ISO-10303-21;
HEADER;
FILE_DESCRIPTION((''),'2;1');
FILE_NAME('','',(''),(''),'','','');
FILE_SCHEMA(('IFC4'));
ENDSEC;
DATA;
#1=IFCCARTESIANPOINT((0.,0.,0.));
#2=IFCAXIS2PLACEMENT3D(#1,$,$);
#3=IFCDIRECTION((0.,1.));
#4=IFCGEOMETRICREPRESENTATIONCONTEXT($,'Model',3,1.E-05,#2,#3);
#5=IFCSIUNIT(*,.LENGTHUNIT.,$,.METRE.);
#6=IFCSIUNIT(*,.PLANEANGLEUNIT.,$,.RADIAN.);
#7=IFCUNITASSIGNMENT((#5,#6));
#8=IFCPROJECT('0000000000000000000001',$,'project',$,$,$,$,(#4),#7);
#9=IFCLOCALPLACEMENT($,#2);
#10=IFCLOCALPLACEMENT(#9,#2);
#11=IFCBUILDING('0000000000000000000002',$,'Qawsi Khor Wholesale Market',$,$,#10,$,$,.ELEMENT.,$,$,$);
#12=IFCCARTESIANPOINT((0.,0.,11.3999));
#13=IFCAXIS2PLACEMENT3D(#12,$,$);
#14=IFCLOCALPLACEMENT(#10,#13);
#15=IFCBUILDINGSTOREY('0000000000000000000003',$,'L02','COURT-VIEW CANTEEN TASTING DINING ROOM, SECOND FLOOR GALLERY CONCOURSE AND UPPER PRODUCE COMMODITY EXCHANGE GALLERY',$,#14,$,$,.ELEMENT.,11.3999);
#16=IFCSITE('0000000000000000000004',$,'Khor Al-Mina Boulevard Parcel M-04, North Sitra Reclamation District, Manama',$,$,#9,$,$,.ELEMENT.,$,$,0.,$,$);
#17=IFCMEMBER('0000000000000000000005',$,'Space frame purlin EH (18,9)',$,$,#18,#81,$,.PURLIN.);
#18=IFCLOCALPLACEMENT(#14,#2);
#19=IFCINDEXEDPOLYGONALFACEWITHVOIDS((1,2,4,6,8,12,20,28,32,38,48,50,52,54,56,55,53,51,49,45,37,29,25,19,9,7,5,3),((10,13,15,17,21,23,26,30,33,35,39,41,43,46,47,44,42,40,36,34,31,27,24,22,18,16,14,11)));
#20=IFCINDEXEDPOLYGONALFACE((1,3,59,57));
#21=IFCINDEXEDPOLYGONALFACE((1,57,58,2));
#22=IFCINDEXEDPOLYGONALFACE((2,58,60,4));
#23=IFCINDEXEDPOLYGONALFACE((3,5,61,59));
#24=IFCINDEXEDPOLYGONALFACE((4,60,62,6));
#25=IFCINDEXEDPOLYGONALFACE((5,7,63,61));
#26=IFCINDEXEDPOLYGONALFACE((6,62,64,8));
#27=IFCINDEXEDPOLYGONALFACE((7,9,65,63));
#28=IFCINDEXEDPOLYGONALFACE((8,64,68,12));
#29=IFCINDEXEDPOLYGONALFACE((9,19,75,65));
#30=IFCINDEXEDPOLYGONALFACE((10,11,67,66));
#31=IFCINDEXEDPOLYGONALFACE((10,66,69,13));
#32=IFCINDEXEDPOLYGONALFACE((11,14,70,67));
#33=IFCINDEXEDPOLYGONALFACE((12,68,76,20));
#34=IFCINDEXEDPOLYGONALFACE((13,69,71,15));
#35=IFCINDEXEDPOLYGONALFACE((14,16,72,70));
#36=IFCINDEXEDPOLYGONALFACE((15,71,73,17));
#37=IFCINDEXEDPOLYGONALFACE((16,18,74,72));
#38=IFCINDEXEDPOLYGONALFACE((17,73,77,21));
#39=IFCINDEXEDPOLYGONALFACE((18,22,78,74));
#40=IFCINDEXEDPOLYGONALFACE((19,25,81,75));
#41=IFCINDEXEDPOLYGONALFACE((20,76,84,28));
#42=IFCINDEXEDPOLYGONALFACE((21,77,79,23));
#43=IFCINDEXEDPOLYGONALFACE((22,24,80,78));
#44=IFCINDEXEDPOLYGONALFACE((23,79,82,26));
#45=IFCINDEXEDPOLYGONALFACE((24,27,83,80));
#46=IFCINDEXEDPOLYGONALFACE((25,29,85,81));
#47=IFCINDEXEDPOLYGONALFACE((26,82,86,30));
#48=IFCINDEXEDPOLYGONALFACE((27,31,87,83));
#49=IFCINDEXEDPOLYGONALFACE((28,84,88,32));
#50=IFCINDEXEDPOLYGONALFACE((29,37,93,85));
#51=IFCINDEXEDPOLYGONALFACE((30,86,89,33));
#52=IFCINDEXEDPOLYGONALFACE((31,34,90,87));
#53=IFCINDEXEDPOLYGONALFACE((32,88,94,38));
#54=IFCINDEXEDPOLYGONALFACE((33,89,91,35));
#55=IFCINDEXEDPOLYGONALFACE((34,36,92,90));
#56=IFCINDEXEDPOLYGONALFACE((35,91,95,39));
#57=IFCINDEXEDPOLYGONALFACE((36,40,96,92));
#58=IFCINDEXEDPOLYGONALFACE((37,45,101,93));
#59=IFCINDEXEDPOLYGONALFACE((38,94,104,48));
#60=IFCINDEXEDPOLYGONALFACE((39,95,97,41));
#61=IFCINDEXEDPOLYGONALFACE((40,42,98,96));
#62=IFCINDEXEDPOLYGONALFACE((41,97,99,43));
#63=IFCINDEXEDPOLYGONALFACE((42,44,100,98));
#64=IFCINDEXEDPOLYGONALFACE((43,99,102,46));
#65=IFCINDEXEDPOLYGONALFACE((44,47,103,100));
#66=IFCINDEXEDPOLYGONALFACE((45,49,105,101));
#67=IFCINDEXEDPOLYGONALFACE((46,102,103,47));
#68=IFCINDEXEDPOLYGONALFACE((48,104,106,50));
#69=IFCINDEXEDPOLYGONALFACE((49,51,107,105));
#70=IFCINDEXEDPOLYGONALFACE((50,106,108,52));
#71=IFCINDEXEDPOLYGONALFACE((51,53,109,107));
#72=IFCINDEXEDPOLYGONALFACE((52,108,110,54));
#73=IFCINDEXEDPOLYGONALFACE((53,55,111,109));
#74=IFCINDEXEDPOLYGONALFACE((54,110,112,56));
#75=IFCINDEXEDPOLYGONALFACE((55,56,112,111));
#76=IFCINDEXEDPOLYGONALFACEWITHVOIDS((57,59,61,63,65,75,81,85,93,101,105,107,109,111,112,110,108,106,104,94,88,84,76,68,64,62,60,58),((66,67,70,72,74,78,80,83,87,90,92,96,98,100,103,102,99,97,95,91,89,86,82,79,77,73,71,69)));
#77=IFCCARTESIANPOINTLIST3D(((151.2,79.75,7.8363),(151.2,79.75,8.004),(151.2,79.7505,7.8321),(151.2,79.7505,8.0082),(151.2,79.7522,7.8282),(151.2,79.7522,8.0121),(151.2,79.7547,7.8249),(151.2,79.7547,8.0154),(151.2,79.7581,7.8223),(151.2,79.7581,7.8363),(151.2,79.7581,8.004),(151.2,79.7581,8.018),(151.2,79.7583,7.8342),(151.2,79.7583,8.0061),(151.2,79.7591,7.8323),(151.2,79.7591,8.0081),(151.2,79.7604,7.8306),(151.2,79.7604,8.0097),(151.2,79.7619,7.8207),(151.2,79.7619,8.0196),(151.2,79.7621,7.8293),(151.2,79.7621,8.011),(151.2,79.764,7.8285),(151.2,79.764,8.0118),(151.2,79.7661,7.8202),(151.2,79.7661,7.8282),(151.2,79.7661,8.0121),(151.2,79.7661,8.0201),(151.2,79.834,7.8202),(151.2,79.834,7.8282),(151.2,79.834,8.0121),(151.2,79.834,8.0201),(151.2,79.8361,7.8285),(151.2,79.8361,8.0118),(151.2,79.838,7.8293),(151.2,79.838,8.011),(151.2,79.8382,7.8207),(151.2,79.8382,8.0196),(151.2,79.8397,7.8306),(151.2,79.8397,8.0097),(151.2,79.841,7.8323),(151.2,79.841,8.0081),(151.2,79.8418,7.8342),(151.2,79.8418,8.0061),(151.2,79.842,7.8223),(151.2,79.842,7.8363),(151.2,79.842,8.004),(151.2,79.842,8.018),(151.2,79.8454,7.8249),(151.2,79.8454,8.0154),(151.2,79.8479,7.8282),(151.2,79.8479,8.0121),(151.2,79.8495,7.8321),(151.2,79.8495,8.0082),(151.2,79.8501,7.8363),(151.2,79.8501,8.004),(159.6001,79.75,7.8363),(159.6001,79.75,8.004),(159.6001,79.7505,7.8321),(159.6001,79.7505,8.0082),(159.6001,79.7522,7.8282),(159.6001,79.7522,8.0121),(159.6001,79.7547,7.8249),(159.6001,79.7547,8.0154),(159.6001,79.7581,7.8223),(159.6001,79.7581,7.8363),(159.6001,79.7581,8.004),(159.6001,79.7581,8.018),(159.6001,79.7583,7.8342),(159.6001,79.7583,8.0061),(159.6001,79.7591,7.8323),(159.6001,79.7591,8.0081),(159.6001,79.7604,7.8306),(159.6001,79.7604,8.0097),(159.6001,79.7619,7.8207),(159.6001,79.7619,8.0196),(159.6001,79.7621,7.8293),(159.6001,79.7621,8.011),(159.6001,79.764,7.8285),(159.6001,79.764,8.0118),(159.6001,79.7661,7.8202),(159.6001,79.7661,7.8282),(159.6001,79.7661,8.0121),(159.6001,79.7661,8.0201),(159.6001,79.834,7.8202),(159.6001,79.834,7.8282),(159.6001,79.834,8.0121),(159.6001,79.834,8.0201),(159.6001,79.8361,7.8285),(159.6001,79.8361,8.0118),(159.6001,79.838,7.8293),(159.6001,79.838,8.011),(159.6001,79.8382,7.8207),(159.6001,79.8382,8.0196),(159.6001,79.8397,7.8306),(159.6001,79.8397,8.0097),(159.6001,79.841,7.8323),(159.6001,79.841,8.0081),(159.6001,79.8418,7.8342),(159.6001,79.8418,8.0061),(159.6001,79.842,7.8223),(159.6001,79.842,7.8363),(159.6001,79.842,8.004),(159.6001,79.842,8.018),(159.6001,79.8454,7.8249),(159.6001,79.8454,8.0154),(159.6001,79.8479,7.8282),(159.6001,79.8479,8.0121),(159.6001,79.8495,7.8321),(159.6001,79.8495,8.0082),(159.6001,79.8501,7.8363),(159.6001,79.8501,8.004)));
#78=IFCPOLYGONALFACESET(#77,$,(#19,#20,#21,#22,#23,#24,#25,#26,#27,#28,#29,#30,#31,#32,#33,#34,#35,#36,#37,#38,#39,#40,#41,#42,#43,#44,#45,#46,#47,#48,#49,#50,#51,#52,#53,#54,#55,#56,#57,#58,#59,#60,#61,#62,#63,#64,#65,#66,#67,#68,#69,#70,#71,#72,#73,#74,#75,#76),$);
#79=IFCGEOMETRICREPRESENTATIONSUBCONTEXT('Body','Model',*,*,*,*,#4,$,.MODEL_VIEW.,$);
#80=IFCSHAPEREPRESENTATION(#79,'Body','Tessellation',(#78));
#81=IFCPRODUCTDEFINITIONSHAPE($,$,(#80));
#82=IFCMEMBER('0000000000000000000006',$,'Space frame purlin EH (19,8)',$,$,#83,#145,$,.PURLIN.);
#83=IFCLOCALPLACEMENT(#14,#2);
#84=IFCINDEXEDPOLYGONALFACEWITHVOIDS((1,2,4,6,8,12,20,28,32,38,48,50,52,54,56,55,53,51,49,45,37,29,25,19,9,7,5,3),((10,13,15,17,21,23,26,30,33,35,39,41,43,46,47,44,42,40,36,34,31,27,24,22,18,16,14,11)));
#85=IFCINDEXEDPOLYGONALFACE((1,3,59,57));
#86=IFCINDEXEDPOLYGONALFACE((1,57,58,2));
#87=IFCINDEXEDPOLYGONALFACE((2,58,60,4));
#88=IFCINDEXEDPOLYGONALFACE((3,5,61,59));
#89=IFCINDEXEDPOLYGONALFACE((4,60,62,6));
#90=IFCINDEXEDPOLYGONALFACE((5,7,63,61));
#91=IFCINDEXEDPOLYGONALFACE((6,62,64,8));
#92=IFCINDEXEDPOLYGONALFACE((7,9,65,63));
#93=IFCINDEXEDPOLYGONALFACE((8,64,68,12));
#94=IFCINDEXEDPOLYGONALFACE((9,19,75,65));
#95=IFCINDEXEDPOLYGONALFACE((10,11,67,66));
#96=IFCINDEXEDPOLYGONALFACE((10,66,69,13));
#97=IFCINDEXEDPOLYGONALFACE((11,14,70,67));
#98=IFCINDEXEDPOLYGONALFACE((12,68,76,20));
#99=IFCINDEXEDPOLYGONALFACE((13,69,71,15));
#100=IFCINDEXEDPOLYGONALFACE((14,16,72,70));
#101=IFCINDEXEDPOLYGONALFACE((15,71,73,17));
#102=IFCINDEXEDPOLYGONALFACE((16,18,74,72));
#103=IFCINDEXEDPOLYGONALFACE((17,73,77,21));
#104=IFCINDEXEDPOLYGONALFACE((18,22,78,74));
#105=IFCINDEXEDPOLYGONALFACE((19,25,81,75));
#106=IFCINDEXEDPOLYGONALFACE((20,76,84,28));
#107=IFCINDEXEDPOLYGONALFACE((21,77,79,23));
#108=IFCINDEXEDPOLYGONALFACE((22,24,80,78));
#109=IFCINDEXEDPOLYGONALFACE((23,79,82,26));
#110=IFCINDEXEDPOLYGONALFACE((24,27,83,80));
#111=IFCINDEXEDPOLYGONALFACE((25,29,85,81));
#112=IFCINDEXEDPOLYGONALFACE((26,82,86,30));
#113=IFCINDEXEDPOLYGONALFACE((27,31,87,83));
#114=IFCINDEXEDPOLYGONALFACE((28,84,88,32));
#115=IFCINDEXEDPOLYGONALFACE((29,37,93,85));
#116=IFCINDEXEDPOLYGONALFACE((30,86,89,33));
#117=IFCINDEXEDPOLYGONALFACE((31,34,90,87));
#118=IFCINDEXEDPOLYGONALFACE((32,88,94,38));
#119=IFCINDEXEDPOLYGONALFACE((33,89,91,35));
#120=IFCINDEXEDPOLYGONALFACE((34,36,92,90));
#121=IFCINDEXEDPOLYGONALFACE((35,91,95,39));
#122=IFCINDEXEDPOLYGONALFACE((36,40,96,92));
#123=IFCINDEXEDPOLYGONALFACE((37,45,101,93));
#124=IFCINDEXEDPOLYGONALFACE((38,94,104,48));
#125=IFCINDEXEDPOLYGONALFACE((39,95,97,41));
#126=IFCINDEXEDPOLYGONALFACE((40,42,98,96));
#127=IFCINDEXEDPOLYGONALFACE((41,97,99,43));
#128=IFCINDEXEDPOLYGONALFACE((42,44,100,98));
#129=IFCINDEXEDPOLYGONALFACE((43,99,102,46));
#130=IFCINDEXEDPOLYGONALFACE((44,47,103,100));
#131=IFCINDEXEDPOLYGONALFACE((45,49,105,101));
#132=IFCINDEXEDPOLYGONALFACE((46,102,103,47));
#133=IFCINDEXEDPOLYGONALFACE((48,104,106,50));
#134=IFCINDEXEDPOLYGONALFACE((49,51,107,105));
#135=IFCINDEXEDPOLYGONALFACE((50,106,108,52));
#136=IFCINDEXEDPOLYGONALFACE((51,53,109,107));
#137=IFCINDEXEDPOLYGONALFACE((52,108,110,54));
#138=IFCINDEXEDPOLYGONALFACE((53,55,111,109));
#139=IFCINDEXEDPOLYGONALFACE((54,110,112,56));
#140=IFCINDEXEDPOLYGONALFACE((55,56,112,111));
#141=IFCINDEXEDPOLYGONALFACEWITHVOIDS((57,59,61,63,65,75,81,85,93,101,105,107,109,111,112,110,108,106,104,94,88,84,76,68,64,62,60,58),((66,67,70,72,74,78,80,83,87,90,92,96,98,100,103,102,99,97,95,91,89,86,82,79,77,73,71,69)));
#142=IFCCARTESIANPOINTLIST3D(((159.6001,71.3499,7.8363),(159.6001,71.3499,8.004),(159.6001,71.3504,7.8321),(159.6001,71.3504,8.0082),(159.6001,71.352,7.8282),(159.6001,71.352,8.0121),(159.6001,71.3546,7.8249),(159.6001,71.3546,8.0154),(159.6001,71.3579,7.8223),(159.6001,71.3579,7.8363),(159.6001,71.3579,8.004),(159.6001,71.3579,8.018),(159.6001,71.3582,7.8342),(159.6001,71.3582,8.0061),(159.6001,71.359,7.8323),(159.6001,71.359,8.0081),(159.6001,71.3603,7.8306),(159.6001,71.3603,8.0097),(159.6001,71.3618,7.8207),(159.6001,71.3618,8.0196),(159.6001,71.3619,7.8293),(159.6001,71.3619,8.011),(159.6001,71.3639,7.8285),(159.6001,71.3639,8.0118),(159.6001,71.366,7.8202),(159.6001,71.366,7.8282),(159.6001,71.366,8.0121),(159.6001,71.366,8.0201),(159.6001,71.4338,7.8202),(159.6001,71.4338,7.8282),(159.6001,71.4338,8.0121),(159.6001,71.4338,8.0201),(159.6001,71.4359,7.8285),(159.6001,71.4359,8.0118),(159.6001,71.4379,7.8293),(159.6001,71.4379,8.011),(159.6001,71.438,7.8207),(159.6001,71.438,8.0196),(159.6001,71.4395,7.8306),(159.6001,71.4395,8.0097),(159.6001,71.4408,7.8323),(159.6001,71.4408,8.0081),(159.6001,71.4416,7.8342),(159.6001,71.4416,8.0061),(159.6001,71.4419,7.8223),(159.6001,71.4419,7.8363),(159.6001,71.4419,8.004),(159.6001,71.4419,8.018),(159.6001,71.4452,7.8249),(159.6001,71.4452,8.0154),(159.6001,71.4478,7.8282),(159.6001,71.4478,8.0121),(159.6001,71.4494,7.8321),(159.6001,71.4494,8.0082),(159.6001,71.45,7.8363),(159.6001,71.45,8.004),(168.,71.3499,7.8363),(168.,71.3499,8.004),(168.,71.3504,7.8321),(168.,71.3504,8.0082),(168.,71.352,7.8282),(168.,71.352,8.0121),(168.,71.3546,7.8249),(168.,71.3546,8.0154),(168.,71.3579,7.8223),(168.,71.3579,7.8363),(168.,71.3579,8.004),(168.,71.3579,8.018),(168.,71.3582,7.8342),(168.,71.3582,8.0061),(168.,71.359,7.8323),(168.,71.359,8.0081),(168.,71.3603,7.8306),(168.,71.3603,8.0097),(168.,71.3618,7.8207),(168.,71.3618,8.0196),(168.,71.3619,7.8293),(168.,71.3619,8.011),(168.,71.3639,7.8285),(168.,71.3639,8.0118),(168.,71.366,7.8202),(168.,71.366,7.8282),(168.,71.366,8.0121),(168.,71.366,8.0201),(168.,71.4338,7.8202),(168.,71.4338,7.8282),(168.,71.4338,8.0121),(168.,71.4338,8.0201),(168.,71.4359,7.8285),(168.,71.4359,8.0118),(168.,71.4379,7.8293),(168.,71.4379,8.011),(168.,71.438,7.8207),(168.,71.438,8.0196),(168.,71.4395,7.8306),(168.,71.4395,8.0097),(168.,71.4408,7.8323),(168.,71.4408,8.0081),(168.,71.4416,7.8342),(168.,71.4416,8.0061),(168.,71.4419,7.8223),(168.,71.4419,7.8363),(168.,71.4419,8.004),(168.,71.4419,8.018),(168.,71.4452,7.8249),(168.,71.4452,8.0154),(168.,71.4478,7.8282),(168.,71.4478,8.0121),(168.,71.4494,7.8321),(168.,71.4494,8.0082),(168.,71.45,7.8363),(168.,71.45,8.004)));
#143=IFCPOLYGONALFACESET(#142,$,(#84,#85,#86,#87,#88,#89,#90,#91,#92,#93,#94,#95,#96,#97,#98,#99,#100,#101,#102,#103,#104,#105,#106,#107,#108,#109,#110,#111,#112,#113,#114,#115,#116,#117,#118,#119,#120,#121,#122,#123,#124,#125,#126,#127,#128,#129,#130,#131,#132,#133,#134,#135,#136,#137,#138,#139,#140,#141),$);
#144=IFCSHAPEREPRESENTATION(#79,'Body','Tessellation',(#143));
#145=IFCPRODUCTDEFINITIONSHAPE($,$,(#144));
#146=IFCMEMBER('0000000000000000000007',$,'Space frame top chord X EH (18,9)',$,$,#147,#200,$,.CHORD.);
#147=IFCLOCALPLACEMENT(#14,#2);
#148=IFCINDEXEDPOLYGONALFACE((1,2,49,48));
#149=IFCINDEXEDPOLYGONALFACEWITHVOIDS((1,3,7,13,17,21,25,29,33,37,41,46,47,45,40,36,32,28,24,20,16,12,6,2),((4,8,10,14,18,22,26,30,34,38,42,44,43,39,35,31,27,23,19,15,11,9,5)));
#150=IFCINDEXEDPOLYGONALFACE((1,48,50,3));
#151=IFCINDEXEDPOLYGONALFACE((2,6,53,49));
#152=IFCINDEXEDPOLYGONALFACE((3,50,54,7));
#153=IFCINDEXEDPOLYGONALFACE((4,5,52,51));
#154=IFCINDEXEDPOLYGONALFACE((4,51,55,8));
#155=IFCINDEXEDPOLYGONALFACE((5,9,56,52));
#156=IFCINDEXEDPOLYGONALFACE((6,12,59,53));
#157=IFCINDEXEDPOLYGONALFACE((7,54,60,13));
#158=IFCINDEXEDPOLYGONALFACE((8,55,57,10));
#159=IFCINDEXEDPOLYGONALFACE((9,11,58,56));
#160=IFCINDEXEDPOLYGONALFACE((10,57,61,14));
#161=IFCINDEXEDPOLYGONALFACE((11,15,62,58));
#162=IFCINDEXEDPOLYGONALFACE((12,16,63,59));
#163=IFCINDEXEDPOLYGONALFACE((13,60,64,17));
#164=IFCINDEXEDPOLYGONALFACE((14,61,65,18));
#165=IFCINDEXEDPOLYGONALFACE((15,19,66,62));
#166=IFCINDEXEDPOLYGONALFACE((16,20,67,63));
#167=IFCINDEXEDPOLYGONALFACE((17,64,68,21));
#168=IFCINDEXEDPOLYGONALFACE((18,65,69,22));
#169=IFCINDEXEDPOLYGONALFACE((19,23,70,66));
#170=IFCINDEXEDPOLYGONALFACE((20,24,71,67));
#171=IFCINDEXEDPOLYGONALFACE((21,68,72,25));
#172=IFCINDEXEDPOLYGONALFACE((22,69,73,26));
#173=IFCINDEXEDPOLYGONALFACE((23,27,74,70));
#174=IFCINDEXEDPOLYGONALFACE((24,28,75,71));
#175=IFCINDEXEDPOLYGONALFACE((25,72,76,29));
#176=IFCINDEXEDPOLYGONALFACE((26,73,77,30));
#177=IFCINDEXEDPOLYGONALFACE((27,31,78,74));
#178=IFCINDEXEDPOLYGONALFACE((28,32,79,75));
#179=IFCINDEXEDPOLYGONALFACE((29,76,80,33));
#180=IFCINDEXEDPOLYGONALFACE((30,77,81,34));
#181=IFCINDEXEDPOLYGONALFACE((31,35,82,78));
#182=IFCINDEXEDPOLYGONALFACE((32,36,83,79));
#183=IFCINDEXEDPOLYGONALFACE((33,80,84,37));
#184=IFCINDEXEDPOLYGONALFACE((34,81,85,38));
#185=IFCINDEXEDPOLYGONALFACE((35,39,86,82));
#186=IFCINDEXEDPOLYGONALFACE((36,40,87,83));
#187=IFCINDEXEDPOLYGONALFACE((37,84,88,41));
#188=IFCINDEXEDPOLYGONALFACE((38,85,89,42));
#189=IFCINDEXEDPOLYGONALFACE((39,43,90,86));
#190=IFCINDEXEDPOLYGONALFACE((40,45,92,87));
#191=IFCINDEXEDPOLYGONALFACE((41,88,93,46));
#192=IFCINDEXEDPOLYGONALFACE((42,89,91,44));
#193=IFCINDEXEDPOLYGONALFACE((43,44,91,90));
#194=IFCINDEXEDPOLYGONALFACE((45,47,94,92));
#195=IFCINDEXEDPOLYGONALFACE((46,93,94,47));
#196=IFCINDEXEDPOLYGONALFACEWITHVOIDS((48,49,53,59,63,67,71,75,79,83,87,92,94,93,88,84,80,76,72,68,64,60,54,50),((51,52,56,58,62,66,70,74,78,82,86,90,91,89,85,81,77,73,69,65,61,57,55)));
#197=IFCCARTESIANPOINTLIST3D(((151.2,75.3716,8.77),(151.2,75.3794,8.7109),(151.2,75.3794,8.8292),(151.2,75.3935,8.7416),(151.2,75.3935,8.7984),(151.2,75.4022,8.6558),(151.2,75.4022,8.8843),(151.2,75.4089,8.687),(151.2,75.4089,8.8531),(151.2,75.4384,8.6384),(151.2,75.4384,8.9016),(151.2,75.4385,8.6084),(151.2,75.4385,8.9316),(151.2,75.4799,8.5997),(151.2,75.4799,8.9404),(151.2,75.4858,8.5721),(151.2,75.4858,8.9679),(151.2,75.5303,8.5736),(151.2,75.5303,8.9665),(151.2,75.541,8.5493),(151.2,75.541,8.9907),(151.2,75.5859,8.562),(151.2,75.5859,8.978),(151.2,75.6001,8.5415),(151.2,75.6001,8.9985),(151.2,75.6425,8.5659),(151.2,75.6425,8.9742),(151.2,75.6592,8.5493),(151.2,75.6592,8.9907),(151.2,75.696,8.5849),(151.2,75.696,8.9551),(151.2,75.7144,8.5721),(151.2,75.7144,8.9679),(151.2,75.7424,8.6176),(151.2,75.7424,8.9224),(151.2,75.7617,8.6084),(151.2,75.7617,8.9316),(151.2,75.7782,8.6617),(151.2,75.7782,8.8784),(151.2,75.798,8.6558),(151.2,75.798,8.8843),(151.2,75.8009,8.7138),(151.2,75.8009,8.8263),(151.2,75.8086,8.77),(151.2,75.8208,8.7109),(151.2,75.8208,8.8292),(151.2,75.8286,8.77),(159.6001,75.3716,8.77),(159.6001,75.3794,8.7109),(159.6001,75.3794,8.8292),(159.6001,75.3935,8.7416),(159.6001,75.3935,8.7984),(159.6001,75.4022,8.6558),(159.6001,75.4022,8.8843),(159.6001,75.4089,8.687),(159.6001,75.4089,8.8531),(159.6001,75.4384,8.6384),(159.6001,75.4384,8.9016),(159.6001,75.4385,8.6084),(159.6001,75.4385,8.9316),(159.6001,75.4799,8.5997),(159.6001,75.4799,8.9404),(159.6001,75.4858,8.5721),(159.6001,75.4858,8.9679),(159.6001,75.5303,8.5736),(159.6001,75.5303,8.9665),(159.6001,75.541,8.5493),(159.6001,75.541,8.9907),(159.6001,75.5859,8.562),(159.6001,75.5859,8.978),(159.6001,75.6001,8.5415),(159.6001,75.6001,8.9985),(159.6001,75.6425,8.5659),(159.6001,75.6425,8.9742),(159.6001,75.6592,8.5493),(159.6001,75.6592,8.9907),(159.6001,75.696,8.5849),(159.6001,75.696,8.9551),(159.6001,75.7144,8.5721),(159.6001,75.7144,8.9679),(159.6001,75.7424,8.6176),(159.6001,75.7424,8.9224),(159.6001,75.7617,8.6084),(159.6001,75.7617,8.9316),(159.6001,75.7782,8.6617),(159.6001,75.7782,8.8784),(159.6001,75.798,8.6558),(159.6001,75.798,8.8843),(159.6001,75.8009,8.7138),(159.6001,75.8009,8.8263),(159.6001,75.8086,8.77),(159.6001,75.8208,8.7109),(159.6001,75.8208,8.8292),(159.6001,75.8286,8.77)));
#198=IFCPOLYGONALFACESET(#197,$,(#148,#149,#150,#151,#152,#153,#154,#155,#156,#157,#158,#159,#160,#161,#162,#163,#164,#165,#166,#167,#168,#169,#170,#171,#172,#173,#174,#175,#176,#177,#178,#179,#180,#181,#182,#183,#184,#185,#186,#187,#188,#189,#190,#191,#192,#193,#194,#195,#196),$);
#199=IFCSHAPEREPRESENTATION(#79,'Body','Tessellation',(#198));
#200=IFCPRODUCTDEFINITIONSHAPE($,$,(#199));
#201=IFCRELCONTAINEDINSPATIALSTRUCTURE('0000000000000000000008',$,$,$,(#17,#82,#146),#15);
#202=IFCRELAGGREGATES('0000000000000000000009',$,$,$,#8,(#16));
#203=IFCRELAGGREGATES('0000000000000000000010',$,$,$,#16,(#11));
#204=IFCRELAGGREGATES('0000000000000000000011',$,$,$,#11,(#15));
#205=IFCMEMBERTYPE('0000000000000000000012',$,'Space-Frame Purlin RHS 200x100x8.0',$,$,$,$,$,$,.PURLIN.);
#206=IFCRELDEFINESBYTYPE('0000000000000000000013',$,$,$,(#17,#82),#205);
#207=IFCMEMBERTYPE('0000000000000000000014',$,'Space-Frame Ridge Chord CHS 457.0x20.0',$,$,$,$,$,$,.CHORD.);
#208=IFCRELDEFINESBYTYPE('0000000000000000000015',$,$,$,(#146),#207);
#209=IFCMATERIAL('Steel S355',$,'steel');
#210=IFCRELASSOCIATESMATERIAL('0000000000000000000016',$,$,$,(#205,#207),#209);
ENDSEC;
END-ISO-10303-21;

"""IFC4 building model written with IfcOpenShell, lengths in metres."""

from ifc_helpers import new_model, si_unit, direction, frame, origin, origin_2d, place, context, subcontext, project, spatial, hollow_rectangle, hollow_circle, extrude, material, material_profile, profile_set, type_object, element, save


model = new_model("IFC4")

# Units and contexts
model_context = context("Model", 3, precision=1e-05, world=origin(), true_north=direction((0.0, 1.0)))
body_context = subcontext(model_context, "Body", "Model", "MODEL_VIEW")
ifc_project = project(units=[si_unit("LENGTHUNIT", "METRE"), si_unit("PLANEANGLEUNIT", "RADIAN")], contexts=[model_context])

# Site, building, storey
site_placement = place(None, origin())
site = spatial("IfcSite", under=ifc_project, at=site_placement, Name="Khor Al-Mina Boulevard Parcel M-04, North Sitra Reclamation District, Manama", CompositionType="ELEMENT", RefElevation=0.0)
building_placement = place(site_placement, origin())
building = spatial("IfcBuilding", under=site, at=building_placement, Name="Qawsi Khor Wholesale Market", CompositionType="ELEMENT")
storey_placement = place(building_placement, frame((0.0, 0.0, 11.3999)))
storey = spatial("IfcBuildingStorey", under=building, at=storey_placement, Name="L02", Description="COURT-VIEW CANTEEN TASTING DINING ROOM, SECOND FLOOR GALLERY CONCOURSE AND UPPER PRODUCE COMMODITY EXCHANGE GALLERY", CompositionType="ELEMENT", Elevation=11.3999)

# Members
ifc_material_1 = material(Name="Steel S355", Category="steel")
ifc_material_profile_1 = material_profile(ifc_material_1, hollow_rectangle(XDim=0.1001, YDim=0.2, WallThickness=0.0081, InnerFilletRadius=0.0081, OuterFilletRadius=0.0161, at=origin_2d()), Name="RHS 200x100x8.0")
ifc_profile_set_1 = profile_set([ifc_material_profile_1], Name="Steel S355")
member_type_1 = type_object("IfcMemberType", Name="Space-Frame Purlin RHS 200x100x8.0", PredefinedType="PURLIN", material=ifc_profile_set_1)
for number, where, z_axis, x_axis, name in (
    (1, (151.2, 79.8, 7.9202), (1.0, 0.0, 0.0), (0.0, 1.0, 0.0), "Space frame purlin EH (18,9)"),
):
    element("IfcMember", number, at=place(storey_placement, frame(where, z_axis=z_axis, x_axis=x_axis)), inside=storey, type_object=member_type_1, Name=name, PredefinedType="PURLIN", context=body_context, shape_type="SweptSolid", body=[
        extrude(hollow_rectangle(XDim=0.1001, YDim=0.2, WallThickness=0.0081, InnerFilletRadius=0.0081, OuterFilletRadius=0.0161, at=origin_2d()), origin(), (0.0, 0.0, 1.0), 8.4001),
    ])
member_1_placement = place(storey_placement, frame((159.6001, 71.3999, 7.9202), z_axis=(1.0, 0.0, 0.0), x_axis=(0.0, 1.0, 0.0)))
element("IfcMember", 2, at=member_1_placement, inside=storey, type_object=member_type_1, Name="Space frame purlin EH (19,8)", PredefinedType="PURLIN", context=body_context, shape_type="SweptSolid", body=[
    extrude(hollow_rectangle(XDim=0.1001, YDim=0.2, WallThickness=0.0081, InnerFilletRadius=0.0081, OuterFilletRadius=0.0161, at=origin_2d()), origin(), (0.0, 0.0, 1.0), 8.3999),
])
ifc_material_profile_2 = material_profile(ifc_material_1, hollow_circle(Radius=0.2285, WallThickness=0.02, at=origin_2d()), Name="CHS 457.0x20.0")
ifc_profile_set_2 = profile_set([ifc_material_profile_2], Name="Steel S355")
member_type_2 = type_object("IfcMemberType", Name="Space-Frame Ridge Chord CHS 457.0x20.0", PredefinedType="CHORD", material=ifc_profile_set_2)
member_2_placement = place(storey_placement, frame((151.2, 75.6001, 8.77), z_axis=(1.0, 0.0, 0.0), x_axis=(0.0, 1.0, 0.0)))
element("IfcMember", 3, at=member_2_placement, inside=storey, type_object=member_type_2, Name="Space frame top chord X EH (18,9)", PredefinedType="CHORD", context=body_context, shape_type="SweptSolid", body=[
    extrude(hollow_circle(Radius=0.2285, WallThickness=0.02, at=origin_2d()), origin(), (0.0, 0.0, 1.0), 8.4001),
])

save(model, "model.ifc")
